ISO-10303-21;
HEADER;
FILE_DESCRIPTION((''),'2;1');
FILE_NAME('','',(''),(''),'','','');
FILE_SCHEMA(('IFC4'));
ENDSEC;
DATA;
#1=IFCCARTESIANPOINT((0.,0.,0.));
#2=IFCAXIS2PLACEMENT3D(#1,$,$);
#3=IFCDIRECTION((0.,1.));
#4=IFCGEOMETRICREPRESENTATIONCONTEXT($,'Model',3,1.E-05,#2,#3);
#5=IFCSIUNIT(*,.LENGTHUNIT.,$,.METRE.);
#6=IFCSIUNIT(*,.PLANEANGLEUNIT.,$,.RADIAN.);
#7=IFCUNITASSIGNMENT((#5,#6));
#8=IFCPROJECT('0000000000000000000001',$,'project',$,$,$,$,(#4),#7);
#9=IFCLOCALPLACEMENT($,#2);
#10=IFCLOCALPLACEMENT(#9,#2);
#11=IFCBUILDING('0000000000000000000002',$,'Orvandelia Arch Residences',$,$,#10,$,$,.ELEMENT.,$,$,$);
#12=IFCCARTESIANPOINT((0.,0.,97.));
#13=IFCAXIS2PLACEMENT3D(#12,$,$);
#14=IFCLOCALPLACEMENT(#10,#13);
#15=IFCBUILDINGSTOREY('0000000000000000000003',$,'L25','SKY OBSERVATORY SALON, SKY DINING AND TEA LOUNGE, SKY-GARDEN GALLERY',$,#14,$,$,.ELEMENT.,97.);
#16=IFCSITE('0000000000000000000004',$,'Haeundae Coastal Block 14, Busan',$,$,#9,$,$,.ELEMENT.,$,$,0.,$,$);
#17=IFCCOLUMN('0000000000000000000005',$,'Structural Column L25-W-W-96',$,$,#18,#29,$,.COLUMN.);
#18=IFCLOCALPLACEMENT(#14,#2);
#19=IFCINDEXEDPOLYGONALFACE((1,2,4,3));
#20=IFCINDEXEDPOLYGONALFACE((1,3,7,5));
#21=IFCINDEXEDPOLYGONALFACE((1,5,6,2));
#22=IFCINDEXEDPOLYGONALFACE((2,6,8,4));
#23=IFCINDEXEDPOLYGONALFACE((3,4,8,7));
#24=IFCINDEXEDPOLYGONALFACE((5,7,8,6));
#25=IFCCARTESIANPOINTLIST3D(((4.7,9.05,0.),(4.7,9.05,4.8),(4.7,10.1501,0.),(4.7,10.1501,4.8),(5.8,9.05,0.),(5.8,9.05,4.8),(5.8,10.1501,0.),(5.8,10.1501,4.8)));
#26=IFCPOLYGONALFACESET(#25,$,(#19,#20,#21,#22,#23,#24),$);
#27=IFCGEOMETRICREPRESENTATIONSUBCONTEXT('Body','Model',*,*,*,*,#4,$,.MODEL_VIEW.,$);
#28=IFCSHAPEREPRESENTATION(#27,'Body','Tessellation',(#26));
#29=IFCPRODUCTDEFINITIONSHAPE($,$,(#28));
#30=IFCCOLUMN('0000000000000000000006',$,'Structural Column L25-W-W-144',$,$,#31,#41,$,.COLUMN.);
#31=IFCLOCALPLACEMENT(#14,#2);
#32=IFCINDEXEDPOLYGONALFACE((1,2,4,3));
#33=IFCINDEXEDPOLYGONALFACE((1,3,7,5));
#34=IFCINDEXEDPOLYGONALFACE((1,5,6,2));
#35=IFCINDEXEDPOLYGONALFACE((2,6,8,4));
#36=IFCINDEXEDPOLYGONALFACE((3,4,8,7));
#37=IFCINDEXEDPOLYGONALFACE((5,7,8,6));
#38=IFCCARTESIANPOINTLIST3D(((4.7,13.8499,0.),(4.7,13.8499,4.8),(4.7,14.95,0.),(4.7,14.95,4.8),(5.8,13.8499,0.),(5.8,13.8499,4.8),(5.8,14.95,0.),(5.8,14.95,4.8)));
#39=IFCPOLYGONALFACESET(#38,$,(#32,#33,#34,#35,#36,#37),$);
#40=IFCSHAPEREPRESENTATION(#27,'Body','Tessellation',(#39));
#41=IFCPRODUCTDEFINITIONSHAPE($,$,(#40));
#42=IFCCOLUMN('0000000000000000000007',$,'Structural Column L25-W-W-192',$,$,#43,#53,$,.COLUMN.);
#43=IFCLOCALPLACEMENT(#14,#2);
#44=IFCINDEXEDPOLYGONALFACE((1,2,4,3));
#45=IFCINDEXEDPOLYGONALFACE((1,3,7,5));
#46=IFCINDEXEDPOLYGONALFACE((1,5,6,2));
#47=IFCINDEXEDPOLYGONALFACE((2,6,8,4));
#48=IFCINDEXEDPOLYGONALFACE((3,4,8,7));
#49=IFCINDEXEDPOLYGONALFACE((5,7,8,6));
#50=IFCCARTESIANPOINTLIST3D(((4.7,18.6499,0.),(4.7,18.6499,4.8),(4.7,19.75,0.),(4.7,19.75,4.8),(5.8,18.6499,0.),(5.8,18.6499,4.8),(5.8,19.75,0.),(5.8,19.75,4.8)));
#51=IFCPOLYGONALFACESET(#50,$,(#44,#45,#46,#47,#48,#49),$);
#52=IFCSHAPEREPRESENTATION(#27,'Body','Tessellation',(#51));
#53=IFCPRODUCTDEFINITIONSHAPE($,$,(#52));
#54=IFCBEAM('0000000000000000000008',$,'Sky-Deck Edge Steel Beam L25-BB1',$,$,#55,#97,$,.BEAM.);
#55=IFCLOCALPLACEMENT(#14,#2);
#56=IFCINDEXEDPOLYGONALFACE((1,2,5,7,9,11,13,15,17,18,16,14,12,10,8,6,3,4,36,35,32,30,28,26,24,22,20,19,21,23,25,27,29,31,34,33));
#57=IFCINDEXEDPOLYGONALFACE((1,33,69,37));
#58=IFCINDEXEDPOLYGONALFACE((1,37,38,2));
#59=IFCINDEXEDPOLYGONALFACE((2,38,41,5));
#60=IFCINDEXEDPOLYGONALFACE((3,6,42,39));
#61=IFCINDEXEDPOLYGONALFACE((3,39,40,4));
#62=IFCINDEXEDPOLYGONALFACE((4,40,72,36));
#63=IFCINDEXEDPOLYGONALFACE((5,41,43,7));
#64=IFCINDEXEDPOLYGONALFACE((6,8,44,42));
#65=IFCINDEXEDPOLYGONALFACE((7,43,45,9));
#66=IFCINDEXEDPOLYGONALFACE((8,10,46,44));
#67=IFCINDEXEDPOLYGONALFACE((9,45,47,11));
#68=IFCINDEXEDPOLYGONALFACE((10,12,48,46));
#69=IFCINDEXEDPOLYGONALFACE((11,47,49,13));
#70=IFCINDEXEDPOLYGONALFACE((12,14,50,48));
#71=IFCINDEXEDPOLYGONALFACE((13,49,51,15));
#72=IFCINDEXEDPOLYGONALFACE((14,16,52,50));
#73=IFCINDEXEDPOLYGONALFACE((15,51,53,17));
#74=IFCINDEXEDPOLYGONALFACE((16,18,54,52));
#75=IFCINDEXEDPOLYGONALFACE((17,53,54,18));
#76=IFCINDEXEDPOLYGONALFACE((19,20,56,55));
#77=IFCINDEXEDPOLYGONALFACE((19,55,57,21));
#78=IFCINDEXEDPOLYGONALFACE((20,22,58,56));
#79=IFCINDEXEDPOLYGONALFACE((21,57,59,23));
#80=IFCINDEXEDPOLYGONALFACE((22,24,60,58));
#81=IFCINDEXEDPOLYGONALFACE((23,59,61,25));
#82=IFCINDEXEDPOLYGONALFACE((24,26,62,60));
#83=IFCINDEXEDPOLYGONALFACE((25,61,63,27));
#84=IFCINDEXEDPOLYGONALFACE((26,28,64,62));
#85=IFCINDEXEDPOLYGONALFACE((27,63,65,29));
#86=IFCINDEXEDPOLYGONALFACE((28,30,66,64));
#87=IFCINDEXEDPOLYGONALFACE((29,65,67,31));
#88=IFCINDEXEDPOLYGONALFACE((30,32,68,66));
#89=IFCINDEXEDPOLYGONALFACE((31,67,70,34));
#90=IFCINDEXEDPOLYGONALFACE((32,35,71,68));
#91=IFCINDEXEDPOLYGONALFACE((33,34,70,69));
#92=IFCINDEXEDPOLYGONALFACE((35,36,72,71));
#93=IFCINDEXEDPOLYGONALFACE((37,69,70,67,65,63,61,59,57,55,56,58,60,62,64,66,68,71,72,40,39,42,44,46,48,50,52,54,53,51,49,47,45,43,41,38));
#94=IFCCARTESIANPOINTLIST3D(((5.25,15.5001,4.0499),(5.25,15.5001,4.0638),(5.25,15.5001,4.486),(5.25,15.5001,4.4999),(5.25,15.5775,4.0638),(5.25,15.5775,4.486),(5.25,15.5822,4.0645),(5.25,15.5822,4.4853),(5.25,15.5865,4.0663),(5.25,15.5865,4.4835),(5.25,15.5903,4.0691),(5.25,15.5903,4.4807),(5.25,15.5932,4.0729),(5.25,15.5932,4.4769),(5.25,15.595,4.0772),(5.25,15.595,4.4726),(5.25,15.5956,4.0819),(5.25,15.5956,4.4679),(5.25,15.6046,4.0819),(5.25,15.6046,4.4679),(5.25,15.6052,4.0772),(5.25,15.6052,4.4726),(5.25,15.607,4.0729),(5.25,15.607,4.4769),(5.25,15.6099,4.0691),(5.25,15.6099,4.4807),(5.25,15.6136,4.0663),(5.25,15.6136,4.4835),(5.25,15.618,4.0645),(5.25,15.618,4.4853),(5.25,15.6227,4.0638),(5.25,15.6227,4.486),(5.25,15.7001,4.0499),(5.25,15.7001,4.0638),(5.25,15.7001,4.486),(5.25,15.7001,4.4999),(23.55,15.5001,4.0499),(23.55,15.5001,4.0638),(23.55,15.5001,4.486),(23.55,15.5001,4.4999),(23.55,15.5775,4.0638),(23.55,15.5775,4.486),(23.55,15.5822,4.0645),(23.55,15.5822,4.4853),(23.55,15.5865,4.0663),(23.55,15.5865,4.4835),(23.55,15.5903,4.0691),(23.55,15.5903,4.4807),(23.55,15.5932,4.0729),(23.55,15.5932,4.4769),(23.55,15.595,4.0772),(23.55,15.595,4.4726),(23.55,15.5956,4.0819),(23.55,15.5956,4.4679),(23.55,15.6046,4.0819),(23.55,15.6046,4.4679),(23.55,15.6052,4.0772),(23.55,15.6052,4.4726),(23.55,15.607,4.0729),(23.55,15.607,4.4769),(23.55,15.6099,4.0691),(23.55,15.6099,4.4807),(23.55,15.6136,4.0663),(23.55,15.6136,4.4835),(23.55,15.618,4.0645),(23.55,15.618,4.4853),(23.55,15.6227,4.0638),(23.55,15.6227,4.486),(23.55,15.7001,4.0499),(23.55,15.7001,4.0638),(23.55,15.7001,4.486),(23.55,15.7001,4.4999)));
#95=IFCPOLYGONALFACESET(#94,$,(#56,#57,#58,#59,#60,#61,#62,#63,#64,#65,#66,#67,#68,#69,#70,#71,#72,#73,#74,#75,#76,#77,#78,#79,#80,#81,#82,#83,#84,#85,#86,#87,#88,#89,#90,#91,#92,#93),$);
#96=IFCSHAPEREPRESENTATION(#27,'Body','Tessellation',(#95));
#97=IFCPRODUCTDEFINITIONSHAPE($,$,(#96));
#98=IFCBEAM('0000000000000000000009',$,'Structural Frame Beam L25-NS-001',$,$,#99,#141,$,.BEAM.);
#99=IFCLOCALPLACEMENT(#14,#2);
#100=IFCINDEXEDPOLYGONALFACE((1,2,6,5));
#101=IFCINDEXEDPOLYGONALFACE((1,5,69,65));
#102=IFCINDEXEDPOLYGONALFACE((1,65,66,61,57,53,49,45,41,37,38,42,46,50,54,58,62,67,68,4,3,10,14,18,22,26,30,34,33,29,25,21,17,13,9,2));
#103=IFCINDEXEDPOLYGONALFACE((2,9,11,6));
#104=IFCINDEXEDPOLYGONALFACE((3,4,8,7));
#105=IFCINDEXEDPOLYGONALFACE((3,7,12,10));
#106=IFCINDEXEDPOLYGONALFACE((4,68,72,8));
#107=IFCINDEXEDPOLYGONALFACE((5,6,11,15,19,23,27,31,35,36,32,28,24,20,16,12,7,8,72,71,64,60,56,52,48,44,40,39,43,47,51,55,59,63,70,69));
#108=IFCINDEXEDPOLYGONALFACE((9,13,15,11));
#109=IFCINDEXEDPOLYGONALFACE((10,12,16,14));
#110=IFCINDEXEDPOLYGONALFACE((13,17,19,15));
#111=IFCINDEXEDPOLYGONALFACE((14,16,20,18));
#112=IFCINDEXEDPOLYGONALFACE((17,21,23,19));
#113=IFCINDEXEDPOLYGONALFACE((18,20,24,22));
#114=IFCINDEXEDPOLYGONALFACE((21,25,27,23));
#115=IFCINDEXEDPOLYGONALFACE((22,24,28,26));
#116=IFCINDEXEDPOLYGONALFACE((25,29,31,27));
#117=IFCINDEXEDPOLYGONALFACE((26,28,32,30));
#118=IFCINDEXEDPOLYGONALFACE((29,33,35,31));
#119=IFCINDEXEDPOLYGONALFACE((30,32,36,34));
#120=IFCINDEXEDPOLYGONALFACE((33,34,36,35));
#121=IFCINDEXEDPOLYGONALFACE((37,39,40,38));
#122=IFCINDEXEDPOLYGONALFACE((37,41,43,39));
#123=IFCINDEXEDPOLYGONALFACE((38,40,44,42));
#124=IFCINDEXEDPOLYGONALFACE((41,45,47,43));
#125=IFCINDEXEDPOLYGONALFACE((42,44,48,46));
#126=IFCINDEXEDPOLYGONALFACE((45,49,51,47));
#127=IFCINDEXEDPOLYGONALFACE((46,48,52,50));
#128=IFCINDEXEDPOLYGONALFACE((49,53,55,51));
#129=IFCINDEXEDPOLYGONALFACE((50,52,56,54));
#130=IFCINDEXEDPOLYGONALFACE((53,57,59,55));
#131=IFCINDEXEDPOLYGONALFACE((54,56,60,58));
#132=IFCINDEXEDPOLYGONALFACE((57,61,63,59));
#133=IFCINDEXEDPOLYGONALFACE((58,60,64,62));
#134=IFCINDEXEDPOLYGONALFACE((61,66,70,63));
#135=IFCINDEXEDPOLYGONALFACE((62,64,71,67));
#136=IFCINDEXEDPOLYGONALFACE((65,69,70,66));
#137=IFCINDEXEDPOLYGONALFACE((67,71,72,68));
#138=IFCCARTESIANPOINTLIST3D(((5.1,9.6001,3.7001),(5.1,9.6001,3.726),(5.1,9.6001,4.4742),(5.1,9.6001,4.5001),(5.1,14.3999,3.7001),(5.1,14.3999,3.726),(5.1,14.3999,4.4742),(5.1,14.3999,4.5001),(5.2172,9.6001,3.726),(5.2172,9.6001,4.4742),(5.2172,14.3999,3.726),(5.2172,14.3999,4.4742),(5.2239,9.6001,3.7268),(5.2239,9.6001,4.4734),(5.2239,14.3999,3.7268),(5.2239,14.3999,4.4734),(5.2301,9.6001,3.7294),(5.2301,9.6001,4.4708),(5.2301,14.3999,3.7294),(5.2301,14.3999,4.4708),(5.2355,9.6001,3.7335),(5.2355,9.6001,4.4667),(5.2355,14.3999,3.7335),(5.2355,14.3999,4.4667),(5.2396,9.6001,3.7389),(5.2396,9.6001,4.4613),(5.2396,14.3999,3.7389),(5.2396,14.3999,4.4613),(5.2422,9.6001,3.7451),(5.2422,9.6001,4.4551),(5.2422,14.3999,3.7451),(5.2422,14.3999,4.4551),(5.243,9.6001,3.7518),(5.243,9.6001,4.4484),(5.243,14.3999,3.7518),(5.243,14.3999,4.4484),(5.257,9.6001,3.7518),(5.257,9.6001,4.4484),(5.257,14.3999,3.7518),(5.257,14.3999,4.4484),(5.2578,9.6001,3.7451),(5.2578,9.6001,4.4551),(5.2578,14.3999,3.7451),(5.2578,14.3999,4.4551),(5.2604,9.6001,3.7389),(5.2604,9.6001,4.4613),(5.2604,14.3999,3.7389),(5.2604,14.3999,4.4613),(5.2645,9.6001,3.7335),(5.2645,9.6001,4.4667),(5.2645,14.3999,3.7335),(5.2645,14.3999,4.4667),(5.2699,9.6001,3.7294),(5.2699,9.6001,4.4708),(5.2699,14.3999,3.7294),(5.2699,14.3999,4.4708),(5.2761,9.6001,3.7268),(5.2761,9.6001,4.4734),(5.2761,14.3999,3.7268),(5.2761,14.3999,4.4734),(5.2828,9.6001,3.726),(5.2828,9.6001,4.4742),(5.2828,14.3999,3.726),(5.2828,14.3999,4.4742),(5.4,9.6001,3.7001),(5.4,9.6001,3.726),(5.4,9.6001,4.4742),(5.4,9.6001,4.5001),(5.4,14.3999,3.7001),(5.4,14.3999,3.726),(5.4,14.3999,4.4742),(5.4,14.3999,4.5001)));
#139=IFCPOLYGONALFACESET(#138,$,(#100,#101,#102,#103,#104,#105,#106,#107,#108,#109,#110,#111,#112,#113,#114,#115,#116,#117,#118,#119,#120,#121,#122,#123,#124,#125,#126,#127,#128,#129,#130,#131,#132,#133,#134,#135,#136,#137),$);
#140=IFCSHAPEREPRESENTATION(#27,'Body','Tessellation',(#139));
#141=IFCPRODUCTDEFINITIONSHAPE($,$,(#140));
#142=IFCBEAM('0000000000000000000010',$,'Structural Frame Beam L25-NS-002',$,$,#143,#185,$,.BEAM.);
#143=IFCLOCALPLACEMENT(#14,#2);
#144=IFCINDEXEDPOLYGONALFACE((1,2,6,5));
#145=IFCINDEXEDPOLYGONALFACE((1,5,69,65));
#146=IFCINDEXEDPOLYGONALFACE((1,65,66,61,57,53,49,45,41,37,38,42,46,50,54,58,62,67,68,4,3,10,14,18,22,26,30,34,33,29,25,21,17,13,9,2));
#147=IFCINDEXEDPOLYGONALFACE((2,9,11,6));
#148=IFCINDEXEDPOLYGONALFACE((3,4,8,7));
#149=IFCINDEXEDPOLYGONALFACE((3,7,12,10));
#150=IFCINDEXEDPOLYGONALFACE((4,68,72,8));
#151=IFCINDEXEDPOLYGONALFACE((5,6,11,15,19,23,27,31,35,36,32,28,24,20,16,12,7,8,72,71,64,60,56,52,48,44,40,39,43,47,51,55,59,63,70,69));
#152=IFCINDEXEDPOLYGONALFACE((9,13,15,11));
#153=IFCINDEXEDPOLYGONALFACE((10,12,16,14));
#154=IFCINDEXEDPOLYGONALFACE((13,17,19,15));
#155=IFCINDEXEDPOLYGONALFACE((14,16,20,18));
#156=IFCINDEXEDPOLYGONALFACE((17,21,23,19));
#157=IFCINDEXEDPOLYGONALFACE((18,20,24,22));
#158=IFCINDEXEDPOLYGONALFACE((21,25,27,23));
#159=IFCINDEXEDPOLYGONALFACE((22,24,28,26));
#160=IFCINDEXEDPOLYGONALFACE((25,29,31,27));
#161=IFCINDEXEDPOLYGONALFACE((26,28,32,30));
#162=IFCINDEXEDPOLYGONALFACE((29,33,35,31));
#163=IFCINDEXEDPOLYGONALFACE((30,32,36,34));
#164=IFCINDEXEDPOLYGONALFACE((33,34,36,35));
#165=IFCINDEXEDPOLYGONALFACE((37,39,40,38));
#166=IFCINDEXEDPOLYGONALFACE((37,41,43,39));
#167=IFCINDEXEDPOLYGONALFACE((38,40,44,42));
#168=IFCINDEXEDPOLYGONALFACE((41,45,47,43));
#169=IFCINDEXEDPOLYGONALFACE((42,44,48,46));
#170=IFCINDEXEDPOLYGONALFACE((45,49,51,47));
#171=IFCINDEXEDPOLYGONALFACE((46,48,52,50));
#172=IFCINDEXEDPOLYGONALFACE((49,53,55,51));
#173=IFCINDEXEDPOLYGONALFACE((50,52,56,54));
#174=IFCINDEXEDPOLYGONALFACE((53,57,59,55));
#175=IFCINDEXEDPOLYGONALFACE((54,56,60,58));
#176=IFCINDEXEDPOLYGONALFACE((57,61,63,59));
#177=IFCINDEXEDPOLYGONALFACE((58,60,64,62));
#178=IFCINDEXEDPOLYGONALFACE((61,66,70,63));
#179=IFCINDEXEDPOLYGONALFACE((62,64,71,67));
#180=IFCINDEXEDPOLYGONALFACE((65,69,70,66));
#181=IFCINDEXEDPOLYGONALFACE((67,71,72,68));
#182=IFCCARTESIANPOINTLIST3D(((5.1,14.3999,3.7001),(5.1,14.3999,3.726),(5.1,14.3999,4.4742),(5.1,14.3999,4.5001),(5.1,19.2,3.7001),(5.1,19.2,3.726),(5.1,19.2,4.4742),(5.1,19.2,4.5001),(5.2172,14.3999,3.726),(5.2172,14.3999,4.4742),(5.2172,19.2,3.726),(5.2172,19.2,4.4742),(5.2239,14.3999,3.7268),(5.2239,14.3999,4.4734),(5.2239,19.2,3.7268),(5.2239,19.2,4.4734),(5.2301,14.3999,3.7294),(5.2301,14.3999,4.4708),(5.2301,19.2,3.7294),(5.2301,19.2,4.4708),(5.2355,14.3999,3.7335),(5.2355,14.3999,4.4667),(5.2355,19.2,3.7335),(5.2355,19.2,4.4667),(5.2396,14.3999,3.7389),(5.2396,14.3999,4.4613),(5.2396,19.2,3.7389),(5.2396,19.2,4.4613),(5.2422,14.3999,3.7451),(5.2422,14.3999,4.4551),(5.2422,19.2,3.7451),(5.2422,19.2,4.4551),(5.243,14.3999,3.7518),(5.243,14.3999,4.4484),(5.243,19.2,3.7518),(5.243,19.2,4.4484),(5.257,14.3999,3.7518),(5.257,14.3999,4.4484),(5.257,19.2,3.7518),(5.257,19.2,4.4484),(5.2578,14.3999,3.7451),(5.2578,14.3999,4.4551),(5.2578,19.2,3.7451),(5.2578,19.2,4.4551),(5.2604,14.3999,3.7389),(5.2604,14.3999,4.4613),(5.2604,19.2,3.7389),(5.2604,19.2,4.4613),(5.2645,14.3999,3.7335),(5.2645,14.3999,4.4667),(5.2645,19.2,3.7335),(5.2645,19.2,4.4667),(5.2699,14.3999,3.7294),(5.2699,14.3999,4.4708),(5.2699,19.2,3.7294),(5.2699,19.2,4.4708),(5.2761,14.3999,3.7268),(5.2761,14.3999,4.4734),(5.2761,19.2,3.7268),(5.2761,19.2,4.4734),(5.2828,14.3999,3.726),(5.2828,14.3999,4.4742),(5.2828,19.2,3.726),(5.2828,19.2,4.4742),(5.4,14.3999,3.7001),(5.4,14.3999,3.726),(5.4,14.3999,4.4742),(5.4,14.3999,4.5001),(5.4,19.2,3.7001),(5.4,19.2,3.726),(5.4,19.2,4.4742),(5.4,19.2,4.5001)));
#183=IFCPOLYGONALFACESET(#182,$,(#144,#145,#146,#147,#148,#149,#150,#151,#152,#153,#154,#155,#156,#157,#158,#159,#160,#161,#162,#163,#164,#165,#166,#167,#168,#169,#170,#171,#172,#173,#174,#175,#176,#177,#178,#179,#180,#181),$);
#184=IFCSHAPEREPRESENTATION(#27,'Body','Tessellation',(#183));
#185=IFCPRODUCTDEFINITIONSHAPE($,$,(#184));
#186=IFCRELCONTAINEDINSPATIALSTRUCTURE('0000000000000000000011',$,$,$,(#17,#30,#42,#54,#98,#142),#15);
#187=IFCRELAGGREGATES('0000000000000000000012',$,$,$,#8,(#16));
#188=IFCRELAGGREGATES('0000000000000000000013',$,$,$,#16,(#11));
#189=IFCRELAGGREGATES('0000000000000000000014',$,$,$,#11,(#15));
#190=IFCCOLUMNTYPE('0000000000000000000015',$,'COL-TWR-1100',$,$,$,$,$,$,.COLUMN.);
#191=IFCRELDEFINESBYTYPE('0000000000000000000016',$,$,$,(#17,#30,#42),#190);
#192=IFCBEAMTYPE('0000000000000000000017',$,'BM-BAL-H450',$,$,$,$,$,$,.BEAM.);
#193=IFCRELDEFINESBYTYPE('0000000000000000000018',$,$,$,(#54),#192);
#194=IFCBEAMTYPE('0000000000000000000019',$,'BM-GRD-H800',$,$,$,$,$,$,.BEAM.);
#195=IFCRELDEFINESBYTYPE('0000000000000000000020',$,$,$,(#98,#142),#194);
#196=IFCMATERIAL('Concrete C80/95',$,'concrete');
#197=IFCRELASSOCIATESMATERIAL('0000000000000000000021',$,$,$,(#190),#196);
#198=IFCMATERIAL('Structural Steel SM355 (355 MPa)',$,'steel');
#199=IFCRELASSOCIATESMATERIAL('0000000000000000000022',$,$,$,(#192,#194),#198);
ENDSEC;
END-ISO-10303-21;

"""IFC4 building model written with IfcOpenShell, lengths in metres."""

from ifc_helpers import new_model, si_unit, direction, frame, origin, origin_2d, place, context, subcontext, project, spatial, rectangle, i_section, extrude, material, material_profile, profile_set, type_object, element, save


model = new_model("IFC4")

# Units and contexts
model_context = context("Model", 3, precision=1e-05, world=origin(), true_north=direction((0.0, 1.0)))
body_context = subcontext(model_context, "Body", "Model", "MODEL_VIEW")
ifc_project = project(units=[si_unit("LENGTHUNIT", "METRE"), si_unit("PLANEANGLEUNIT", "RADIAN")], contexts=[model_context])

# Site, building, storey
site_placement = place(None, origin())
site = spatial("IfcSite", under=ifc_project, at=site_placement, Name="Haeundae Coastal Block 14, Busan", CompositionType="ELEMENT", RefElevation=0.0)
building_placement = place(site_placement, origin())
building = spatial("IfcBuilding", under=site, at=building_placement, Name="Orvandelia Arch Residences", CompositionType="ELEMENT")
storey_placement = place(building_placement, frame((0.0, 0.0, 97.0)))
storey = spatial("IfcBuildingStorey", under=building, at=storey_placement, Name="L25", Description="SKY OBSERVATORY SALON, SKY DINING AND TEA LOUNGE, SKY-GARDEN GALLERY", CompositionType="ELEMENT", Elevation=97.0)

# Columns
ifc_material_1 = material(Name="Concrete C80/95", Category="concrete")
ifc_material_profile_1 = material_profile(ifc_material_1, rectangle(XDim=1.1001, YDim=1.1001, at=origin_2d()), Name="Concrete C80/95", Category="concrete")
ifc_profile_set_1 = profile_set([ifc_material_profile_1], Name="Concrete C80/95")
column_type = type_object("IfcColumnType", Name="COL-TWR-1100", PredefinedType="COLUMN", material=ifc_profile_set_1)
for number, where, z_axis, x_axis, name in (
    (1, (5.25, 9.6001, 0.0), (0.0, 0.0, 1.0), (1.0, 0.0, 0.0), "Structural Column L25-W-W-96"),
    (2, (5.25, 14.3999, 0.0), (0.0, 0.0, 1.0), (1.0, 0.0, 0.0), "Structural Column L25-W-W-144"),
    (3, (5.25, 19.2, 0.0), (0.0, 0.0, 1.0), (1.0, 0.0, 0.0), "Structural Column L25-W-W-192"),
):
    element("IfcColumn", number, at=place(storey_placement, frame(where, z_axis=z_axis, x_axis=x_axis)), inside=storey, type_object=column_type, Name=name, PredefinedType="COLUMN", context=body_context, shape_type="SweptSolid", body=[
        extrude(rectangle(XDim=1.1001, YDim=1.1001, at=origin_2d()), origin(), (0.0, 0.0, 1.0), 4.8),
    ])

# Beams
ifc_material_2 = material(Name="Structural Steel SM355 (355 MPa)", Category="steel")
ifc_material_profile_2 = material_profile(ifc_material_2, i_section(OverallWidth=0.2, OverallDepth=0.45, WebThickness=0.009, FlangeThickness=0.0139, FilletRadius=0.0181, at=origin_2d()), Name="Structural Steel SM355 (355 MPa)", Category="steel")
ifc_profile_set_2 = profile_set([ifc_material_profile_2], Name="Structural Steel SM355 (355 MPa)")
beam_type_1 = type_object("IfcBeamType", Name="BM-BAL-H450", PredefinedType="BEAM", material=ifc_profile_set_2)
beam_1_placement = place(storey_placement, frame((5.25, 15.6001, 4.2749), z_axis=(1.0, 0.0, 0.0), x_axis=(0.0, 1.0, 0.0)))
element("IfcBeam", 4, at=beam_1_placement, inside=storey, type_object=beam_type_1, Name="Sky-Deck Edge Steel Beam L25-BB1", PredefinedType="BEAM", context=body_context, shape_type="SweptSolid", body=[
    extrude(i_section(OverallWidth=0.2, OverallDepth=0.45, WebThickness=0.009, FlangeThickness=0.0139, FilletRadius=0.0181, at=origin_2d()), origin(), (0.0, 0.0, 1.0), 18.3),
])
ifc_material_profile_3 = material_profile(ifc_material_2, i_section(OverallWidth=0.3, OverallDepth=0.8, WebThickness=0.0139, FlangeThickness=0.0259, FilletRadius=0.0259, at=origin_2d()), Name="Structural Steel SM355 (355 MPa)", Category="steel")
ifc_profile_set_3 = profile_set([ifc_material_profile_3], Name="Structural Steel SM355 (355 MPa)")
beam_type_2 = type_object("IfcBeamType", Name="BM-GRD-H800", PredefinedType="BEAM", material=ifc_profile_set_3)
beam_2_placement = place(storey_placement, frame((5.25, 9.6001, 4.1001), z_axis=(0.0, 1.0, 0.0), x_axis=(-1.0, 0.0, 0.0)))
element("IfcBeam", 5, at=beam_2_placement, inside=storey, type_object=beam_type_2, Name="Structural Frame Beam L25-NS-001", PredefinedType="BEAM", context=body_context, shape_type="SweptSolid", body=[
    extrude(i_section(OverallWidth=0.3, OverallDepth=0.8, WebThickness=0.0139, FlangeThickness=0.0259, FilletRadius=0.0259, at=origin_2d()), origin(), (0.0, 0.0, 1.0), 4.7998),
])
for number, where, z_axis, x_axis, name in (
    (6, (5.25, 14.3999, 4.1001), (0.0, 1.0, 0.0), (-1.0, 0.0, 0.0), "Structural Frame Beam L25-NS-002"),
):
    element("IfcBeam", number, at=place(storey_placement, frame(where, z_axis=z_axis, x_axis=x_axis)), inside=storey, type_object=beam_type_2, Name=name, PredefinedType="BEAM", context=body_context, shape_type="SweptSolid", body=[
        extrude(i_section(OverallWidth=0.3, OverallDepth=0.8, WebThickness=0.0139, FlangeThickness=0.0259, FilletRadius=0.0259, at=origin_2d()), origin(), (0.0, 0.0, 1.0), 4.8),
    ])

save(model, "model.ifc")
